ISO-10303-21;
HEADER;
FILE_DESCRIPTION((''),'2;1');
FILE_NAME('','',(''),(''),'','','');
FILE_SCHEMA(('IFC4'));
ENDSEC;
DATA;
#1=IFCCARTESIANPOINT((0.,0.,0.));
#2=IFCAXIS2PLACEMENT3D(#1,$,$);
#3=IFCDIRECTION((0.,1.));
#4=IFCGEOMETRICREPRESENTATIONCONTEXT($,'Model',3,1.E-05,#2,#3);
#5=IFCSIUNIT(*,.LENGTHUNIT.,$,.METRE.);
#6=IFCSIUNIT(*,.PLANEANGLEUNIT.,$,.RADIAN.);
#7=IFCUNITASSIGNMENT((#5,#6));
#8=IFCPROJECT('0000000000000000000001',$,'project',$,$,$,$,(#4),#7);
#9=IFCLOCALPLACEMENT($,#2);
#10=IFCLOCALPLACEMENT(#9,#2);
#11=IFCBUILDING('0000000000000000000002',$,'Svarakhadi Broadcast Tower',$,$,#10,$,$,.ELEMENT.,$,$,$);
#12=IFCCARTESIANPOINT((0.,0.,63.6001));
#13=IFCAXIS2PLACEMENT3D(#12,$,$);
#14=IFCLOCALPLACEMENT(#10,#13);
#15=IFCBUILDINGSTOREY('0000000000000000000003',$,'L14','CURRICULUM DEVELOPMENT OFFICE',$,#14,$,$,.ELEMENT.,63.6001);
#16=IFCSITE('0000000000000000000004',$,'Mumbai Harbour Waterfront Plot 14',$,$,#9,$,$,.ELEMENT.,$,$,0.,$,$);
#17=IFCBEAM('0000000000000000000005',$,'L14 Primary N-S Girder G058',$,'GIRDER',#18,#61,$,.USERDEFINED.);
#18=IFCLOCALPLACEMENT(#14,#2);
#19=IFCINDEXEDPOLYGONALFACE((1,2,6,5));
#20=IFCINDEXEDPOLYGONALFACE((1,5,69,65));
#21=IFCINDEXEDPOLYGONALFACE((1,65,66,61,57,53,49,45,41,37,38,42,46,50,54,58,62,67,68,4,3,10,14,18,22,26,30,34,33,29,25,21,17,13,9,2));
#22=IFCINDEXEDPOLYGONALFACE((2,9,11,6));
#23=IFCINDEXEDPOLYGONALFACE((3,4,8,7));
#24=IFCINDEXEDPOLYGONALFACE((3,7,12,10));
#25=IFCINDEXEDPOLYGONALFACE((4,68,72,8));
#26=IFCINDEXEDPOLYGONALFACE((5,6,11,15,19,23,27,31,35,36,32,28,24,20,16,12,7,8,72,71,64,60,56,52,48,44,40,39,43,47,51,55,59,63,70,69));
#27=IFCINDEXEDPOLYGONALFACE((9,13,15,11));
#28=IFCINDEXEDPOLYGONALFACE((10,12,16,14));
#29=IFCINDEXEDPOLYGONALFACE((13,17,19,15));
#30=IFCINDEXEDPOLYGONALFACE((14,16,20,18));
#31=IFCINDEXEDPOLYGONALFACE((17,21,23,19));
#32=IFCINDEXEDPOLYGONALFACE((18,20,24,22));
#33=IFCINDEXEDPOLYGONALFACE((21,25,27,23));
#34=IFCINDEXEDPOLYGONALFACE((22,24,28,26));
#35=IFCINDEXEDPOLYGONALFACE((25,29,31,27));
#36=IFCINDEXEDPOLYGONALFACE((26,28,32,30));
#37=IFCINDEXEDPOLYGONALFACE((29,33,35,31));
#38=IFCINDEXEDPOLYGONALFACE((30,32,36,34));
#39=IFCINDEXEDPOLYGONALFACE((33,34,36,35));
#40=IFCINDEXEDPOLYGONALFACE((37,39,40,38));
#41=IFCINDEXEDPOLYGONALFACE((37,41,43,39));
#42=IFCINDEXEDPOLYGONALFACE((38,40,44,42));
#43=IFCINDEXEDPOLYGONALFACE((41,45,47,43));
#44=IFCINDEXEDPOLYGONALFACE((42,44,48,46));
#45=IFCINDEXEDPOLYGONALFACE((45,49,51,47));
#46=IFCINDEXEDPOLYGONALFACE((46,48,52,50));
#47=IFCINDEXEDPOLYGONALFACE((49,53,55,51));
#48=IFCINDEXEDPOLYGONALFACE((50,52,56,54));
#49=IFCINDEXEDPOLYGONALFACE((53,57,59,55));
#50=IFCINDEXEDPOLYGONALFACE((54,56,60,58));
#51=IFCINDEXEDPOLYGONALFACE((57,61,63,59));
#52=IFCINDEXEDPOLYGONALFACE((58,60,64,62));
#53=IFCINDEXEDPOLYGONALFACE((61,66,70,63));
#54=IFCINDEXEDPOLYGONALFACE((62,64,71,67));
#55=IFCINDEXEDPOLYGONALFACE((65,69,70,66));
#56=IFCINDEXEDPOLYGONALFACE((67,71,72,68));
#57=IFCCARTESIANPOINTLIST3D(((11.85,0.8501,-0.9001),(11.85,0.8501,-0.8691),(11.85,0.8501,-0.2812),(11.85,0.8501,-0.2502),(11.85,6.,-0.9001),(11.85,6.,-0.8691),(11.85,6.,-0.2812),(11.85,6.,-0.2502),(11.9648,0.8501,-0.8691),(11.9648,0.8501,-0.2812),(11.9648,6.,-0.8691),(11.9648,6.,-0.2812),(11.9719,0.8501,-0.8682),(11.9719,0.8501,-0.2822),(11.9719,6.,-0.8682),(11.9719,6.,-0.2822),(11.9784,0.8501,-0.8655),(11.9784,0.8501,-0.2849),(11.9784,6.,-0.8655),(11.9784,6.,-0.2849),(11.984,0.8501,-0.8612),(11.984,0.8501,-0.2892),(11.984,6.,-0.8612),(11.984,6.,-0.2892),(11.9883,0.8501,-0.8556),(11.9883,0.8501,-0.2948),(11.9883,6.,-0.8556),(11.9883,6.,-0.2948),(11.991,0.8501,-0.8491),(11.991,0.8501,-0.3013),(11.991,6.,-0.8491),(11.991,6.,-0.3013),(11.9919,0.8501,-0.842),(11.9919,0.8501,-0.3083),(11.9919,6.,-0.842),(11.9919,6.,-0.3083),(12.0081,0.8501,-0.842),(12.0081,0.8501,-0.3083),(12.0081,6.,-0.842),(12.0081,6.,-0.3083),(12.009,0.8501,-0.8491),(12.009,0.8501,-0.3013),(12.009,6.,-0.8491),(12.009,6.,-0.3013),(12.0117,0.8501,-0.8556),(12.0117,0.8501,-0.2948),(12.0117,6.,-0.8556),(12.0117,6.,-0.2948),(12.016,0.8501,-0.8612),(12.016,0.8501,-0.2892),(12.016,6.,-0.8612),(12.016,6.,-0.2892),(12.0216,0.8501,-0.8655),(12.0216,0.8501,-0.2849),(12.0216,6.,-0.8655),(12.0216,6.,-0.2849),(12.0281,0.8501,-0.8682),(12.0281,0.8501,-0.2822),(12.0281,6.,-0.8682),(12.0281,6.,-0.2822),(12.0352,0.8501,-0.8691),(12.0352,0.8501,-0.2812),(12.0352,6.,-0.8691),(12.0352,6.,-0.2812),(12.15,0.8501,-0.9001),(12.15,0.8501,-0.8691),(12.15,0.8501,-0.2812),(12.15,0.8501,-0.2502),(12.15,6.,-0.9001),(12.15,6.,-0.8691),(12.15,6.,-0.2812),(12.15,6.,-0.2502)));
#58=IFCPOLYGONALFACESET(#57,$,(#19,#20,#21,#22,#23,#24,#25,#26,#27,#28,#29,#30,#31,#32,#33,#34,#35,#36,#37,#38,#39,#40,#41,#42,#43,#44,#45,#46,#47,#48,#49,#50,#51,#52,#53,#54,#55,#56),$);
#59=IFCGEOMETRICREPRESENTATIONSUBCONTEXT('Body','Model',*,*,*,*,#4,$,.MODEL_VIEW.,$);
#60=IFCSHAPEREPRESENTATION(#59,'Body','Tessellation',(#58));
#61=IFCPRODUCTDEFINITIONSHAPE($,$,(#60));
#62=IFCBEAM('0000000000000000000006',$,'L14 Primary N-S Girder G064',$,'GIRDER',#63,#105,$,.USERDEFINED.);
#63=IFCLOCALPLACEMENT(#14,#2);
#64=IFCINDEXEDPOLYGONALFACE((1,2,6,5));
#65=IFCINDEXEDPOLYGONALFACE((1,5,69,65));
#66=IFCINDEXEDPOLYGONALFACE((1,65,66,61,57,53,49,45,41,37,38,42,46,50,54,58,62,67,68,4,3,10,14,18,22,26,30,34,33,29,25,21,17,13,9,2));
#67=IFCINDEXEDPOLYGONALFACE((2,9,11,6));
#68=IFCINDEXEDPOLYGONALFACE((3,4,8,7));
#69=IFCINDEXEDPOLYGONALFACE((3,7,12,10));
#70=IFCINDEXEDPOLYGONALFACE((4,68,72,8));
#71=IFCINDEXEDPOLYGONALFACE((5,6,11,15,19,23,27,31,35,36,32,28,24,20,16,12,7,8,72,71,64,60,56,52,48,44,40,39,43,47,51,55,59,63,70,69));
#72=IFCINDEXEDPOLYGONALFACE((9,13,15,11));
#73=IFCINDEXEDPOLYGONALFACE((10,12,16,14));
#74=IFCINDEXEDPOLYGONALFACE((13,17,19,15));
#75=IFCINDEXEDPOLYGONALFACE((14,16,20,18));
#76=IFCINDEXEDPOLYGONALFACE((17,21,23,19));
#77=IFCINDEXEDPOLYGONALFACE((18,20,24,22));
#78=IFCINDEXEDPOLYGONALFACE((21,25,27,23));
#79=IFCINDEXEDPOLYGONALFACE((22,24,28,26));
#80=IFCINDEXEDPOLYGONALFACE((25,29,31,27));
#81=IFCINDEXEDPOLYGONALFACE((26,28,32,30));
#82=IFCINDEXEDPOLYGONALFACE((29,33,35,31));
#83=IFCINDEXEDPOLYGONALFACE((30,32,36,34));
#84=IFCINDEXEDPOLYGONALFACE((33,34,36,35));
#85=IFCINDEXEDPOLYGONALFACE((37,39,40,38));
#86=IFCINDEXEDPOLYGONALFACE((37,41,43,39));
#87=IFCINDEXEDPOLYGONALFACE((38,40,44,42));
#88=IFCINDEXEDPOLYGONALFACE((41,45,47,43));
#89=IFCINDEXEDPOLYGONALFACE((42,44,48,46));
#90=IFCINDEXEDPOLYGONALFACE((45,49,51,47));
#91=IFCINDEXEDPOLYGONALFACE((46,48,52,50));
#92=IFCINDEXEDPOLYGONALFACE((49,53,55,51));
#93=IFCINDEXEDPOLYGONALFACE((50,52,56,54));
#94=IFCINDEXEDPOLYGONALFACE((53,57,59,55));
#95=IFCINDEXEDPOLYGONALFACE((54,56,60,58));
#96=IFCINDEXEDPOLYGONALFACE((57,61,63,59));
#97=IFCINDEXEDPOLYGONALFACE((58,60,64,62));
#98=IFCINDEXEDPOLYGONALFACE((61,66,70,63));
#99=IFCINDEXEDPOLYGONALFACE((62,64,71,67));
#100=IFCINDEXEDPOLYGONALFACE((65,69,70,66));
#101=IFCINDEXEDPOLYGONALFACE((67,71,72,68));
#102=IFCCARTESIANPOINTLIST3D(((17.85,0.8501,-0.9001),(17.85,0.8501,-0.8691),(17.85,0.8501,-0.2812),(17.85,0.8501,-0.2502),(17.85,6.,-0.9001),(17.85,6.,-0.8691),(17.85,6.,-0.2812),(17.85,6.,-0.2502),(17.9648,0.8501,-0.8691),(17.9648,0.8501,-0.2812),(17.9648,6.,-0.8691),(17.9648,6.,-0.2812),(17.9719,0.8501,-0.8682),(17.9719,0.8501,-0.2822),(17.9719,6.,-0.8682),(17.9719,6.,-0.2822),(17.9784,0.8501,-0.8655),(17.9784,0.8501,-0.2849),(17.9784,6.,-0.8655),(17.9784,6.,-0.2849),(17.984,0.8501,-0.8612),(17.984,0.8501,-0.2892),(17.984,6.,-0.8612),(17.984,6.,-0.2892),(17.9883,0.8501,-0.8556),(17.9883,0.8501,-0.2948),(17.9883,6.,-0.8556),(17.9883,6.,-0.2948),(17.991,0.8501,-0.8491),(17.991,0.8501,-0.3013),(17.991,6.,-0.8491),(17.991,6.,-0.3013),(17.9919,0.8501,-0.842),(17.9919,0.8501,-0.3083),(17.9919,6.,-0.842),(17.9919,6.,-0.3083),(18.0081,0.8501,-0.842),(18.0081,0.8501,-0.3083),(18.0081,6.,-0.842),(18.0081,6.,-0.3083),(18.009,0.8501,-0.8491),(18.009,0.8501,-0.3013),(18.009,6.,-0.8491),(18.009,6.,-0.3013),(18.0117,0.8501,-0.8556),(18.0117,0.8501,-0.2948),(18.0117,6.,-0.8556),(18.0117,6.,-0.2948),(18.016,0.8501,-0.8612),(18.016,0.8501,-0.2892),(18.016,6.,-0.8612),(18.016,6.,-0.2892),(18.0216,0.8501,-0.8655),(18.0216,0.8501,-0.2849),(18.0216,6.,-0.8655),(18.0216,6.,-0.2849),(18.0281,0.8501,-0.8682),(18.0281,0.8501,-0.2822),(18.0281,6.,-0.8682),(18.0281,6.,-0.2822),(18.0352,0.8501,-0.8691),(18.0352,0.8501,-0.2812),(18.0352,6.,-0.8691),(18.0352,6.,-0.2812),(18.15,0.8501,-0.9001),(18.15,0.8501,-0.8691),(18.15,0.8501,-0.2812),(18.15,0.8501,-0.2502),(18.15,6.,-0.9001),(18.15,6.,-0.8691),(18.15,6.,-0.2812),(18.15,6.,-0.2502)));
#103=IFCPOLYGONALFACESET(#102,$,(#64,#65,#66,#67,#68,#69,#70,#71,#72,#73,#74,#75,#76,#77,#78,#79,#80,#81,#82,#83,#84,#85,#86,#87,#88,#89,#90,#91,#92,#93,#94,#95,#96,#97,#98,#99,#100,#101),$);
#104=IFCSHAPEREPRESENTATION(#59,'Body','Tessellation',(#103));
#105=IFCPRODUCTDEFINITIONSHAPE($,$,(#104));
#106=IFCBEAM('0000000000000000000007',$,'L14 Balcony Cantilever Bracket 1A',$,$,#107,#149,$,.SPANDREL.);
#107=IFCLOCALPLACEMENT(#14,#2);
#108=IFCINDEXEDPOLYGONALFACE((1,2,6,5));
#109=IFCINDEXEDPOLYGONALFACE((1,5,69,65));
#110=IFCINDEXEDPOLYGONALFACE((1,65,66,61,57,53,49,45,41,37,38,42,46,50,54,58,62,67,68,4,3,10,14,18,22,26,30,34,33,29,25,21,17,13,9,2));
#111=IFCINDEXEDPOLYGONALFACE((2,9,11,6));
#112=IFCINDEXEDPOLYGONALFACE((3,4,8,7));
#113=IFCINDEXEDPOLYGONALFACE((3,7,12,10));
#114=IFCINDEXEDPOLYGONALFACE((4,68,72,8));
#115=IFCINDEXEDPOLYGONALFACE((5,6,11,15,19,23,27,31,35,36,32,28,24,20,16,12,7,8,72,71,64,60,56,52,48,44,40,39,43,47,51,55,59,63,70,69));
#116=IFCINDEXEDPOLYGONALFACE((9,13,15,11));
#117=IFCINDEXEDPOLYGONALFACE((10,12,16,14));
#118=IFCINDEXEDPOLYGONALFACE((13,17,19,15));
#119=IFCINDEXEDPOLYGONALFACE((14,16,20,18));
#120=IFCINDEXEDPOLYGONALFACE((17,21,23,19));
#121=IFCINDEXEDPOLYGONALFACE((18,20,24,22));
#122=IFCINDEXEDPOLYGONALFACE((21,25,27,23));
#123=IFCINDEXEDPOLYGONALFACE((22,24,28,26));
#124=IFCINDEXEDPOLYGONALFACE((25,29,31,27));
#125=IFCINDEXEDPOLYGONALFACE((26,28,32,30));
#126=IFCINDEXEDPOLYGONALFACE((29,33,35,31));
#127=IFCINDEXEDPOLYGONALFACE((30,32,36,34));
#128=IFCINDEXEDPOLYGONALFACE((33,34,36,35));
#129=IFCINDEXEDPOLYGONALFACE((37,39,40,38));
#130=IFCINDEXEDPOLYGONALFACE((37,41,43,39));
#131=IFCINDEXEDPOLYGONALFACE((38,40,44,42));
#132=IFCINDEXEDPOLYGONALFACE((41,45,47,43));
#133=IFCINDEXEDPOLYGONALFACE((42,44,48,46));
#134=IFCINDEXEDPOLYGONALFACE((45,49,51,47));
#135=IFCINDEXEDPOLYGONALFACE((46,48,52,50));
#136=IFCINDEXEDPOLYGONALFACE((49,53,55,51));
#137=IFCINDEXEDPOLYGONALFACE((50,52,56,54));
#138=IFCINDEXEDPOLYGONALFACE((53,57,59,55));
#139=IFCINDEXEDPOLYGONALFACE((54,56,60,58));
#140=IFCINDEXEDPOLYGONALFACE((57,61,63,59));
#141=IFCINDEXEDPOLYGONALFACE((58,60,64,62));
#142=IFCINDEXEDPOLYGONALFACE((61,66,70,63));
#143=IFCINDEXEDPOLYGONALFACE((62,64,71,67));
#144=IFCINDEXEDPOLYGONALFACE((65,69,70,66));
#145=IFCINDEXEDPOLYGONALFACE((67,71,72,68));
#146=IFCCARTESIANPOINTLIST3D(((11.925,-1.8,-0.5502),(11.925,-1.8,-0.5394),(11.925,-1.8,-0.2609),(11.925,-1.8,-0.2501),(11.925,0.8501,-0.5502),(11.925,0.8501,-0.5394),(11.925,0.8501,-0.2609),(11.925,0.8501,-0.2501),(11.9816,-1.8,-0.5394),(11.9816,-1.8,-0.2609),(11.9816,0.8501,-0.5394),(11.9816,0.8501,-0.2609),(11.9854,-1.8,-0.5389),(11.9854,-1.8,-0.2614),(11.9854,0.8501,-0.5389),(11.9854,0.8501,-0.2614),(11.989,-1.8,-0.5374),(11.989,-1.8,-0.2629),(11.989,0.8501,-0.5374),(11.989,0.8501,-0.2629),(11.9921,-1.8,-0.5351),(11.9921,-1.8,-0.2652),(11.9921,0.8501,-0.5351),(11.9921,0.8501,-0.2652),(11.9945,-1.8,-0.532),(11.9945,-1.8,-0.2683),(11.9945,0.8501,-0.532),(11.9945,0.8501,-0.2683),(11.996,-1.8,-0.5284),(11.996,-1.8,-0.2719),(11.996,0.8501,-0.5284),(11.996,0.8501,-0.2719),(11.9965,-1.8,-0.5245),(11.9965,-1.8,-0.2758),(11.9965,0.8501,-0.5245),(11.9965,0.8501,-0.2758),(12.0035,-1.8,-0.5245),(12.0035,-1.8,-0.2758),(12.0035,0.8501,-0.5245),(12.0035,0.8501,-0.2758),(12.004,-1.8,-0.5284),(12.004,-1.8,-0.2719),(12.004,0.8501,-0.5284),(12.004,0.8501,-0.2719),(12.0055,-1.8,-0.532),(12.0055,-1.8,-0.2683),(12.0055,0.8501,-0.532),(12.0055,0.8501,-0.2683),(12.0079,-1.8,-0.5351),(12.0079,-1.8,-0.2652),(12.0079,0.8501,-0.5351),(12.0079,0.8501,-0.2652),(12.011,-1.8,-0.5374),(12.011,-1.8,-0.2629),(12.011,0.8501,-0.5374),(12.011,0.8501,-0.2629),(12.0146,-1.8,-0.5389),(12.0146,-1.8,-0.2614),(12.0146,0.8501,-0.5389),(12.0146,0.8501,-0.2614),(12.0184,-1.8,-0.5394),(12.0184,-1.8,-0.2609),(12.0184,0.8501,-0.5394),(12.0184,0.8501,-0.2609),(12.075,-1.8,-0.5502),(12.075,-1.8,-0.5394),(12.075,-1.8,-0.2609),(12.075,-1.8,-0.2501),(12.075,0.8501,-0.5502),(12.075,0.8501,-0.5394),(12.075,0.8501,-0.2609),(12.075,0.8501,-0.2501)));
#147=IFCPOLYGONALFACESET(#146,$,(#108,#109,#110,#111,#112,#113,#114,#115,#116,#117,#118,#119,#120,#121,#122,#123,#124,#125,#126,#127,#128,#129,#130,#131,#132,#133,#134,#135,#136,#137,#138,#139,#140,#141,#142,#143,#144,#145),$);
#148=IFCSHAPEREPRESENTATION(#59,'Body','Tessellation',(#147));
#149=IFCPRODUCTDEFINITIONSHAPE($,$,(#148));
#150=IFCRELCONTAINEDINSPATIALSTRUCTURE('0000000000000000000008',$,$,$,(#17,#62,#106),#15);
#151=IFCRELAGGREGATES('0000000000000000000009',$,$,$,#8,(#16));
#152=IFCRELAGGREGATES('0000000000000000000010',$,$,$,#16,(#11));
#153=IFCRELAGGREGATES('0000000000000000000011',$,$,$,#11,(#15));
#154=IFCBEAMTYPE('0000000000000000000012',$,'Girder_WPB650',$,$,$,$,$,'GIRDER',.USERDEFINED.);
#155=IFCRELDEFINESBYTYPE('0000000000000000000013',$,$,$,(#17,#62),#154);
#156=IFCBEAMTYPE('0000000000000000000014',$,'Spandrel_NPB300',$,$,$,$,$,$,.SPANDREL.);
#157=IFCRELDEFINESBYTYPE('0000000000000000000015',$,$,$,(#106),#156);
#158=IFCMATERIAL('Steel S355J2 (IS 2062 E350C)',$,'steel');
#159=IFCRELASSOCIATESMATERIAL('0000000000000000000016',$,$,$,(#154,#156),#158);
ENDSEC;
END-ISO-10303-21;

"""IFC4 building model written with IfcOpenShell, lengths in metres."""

from ifc_helpers import new_model, si_unit, direction, frame, origin, origin_2d, place, context, subcontext, project, spatial, i_section, extrude, material, material_profile, profile_set, type_object, element, save


model = new_model("IFC4")

# Units and contexts
model_context = context("Model", 3, precision=1e-05, world=origin(), true_north=direction((0.0, 1.0)))
body_context = subcontext(model_context, "Body", "Model", "MODEL_VIEW")
ifc_project = project(units=[si_unit("LENGTHUNIT", "METRE"), si_unit("PLANEANGLEUNIT", "RADIAN")], contexts=[model_context])

# Site, building, storey
site_placement = place(None, origin())
site = spatial("IfcSite", under=ifc_project, at=site_placement, Name="Mumbai Harbour Waterfront Plot 14", CompositionType="ELEMENT", RefElevation=0.0)
building_placement = place(site_placement, origin())
building = spatial("IfcBuilding", under=site, at=building_placement, Name="Svarakhadi Broadcast Tower", CompositionType="ELEMENT")
storey_placement = place(building_placement, frame((0.0, 0.0, 63.6001)))
storey = spatial("IfcBuildingStorey", under=building, at=storey_placement, Name="L14", Description="CURRICULUM DEVELOPMENT OFFICE", CompositionType="ELEMENT", Elevation=63.6001)

# Shared definitions
ifc_material_1 = material(Name="Steel S355J2 (IS 2062 E350C)", Category="steel")

# Beams
ifc_material_profile_1 = material_profile(ifc_material_1, i_section(OverallWidth=0.3, OverallDepth=0.6499, WebThickness=0.0161, FlangeThickness=0.031, FilletRadius=0.0271, at=origin_2d()), Name="WPB 650x300x225")
ifc_profile_set_1 = profile_set([ifc_material_profile_1], Name="Steel S355J2 (IS 2062 E350C)")
beam_type_1 = type_object("IfcBeamType", Name="Girder_WPB650", ElementType="GIRDER", PredefinedType="USERDEFINED", material=ifc_profile_set_1)
for number, where, z_axis, x_axis, name in (
    (1, (12.0, 0.8501, -0.5752), (0.0, 1.0, 0.0), (-1.0, 0.0, 0.0), "L14 Primary N-S Girder G058"),
    (2, (18.0, 0.8501, -0.5752), (0.0, 1.0, 0.0), (-1.0, 0.0, 0.0), "L14 Primary N-S Girder G064"),
):
    element("IfcBeam", number, at=place(storey_placement, frame(where, z_axis=z_axis, x_axis=x_axis)), inside=storey, type_object=beam_type_1, Name=name, ObjectType="GIRDER", PredefinedType="USERDEFINED", context=body_context, shape_type="SweptSolid", body=[
        extrude(i_section(OverallWidth=0.3, OverallDepth=0.6499, WebThickness=0.0161, FlangeThickness=0.031, FilletRadius=0.0271, at=origin_2d()), origin(), (0.0, 0.0, 1.0), 5.1499),
    ])
ifc_material_profile_2 = material_profile(ifc_material_1, i_section(OverallWidth=0.1499, OverallDepth=0.3, WebThickness=0.0071, FlangeThickness=0.0107, FilletRadius=0.0149, at=origin_2d()), Name="NPB 300x150x37")
ifc_profile_set_2 = profile_set([ifc_material_profile_2], Name="Steel S355J2 (IS 2062 E350C)")
beam_type_2 = type_object("IfcBeamType", Name="Spandrel_NPB300", PredefinedType="SPANDREL", material=ifc_profile_set_2)
beam_1_placement = place(storey_placement, frame((12.0, 0.8501, -0.4001), z_axis=(0.0, -1.0, 0.0), x_axis=(1.0, 0.0, 0.0)))
element("IfcBeam", 3, at=beam_1_placement, inside=storey, type_object=beam_type_2, Name="L14 Balcony Cantilever Bracket 1A", PredefinedType="SPANDREL", context=body_context, shape_type="SweptSolid", body=[
    extrude(i_section(OverallWidth=0.1499, OverallDepth=0.3, WebThickness=0.0071, FlangeThickness=0.0107, FilletRadius=0.0149, at=origin_2d()), origin(), (0.0, 0.0, 1.0), 2.6501),
])

save(model, "model.ifc")
